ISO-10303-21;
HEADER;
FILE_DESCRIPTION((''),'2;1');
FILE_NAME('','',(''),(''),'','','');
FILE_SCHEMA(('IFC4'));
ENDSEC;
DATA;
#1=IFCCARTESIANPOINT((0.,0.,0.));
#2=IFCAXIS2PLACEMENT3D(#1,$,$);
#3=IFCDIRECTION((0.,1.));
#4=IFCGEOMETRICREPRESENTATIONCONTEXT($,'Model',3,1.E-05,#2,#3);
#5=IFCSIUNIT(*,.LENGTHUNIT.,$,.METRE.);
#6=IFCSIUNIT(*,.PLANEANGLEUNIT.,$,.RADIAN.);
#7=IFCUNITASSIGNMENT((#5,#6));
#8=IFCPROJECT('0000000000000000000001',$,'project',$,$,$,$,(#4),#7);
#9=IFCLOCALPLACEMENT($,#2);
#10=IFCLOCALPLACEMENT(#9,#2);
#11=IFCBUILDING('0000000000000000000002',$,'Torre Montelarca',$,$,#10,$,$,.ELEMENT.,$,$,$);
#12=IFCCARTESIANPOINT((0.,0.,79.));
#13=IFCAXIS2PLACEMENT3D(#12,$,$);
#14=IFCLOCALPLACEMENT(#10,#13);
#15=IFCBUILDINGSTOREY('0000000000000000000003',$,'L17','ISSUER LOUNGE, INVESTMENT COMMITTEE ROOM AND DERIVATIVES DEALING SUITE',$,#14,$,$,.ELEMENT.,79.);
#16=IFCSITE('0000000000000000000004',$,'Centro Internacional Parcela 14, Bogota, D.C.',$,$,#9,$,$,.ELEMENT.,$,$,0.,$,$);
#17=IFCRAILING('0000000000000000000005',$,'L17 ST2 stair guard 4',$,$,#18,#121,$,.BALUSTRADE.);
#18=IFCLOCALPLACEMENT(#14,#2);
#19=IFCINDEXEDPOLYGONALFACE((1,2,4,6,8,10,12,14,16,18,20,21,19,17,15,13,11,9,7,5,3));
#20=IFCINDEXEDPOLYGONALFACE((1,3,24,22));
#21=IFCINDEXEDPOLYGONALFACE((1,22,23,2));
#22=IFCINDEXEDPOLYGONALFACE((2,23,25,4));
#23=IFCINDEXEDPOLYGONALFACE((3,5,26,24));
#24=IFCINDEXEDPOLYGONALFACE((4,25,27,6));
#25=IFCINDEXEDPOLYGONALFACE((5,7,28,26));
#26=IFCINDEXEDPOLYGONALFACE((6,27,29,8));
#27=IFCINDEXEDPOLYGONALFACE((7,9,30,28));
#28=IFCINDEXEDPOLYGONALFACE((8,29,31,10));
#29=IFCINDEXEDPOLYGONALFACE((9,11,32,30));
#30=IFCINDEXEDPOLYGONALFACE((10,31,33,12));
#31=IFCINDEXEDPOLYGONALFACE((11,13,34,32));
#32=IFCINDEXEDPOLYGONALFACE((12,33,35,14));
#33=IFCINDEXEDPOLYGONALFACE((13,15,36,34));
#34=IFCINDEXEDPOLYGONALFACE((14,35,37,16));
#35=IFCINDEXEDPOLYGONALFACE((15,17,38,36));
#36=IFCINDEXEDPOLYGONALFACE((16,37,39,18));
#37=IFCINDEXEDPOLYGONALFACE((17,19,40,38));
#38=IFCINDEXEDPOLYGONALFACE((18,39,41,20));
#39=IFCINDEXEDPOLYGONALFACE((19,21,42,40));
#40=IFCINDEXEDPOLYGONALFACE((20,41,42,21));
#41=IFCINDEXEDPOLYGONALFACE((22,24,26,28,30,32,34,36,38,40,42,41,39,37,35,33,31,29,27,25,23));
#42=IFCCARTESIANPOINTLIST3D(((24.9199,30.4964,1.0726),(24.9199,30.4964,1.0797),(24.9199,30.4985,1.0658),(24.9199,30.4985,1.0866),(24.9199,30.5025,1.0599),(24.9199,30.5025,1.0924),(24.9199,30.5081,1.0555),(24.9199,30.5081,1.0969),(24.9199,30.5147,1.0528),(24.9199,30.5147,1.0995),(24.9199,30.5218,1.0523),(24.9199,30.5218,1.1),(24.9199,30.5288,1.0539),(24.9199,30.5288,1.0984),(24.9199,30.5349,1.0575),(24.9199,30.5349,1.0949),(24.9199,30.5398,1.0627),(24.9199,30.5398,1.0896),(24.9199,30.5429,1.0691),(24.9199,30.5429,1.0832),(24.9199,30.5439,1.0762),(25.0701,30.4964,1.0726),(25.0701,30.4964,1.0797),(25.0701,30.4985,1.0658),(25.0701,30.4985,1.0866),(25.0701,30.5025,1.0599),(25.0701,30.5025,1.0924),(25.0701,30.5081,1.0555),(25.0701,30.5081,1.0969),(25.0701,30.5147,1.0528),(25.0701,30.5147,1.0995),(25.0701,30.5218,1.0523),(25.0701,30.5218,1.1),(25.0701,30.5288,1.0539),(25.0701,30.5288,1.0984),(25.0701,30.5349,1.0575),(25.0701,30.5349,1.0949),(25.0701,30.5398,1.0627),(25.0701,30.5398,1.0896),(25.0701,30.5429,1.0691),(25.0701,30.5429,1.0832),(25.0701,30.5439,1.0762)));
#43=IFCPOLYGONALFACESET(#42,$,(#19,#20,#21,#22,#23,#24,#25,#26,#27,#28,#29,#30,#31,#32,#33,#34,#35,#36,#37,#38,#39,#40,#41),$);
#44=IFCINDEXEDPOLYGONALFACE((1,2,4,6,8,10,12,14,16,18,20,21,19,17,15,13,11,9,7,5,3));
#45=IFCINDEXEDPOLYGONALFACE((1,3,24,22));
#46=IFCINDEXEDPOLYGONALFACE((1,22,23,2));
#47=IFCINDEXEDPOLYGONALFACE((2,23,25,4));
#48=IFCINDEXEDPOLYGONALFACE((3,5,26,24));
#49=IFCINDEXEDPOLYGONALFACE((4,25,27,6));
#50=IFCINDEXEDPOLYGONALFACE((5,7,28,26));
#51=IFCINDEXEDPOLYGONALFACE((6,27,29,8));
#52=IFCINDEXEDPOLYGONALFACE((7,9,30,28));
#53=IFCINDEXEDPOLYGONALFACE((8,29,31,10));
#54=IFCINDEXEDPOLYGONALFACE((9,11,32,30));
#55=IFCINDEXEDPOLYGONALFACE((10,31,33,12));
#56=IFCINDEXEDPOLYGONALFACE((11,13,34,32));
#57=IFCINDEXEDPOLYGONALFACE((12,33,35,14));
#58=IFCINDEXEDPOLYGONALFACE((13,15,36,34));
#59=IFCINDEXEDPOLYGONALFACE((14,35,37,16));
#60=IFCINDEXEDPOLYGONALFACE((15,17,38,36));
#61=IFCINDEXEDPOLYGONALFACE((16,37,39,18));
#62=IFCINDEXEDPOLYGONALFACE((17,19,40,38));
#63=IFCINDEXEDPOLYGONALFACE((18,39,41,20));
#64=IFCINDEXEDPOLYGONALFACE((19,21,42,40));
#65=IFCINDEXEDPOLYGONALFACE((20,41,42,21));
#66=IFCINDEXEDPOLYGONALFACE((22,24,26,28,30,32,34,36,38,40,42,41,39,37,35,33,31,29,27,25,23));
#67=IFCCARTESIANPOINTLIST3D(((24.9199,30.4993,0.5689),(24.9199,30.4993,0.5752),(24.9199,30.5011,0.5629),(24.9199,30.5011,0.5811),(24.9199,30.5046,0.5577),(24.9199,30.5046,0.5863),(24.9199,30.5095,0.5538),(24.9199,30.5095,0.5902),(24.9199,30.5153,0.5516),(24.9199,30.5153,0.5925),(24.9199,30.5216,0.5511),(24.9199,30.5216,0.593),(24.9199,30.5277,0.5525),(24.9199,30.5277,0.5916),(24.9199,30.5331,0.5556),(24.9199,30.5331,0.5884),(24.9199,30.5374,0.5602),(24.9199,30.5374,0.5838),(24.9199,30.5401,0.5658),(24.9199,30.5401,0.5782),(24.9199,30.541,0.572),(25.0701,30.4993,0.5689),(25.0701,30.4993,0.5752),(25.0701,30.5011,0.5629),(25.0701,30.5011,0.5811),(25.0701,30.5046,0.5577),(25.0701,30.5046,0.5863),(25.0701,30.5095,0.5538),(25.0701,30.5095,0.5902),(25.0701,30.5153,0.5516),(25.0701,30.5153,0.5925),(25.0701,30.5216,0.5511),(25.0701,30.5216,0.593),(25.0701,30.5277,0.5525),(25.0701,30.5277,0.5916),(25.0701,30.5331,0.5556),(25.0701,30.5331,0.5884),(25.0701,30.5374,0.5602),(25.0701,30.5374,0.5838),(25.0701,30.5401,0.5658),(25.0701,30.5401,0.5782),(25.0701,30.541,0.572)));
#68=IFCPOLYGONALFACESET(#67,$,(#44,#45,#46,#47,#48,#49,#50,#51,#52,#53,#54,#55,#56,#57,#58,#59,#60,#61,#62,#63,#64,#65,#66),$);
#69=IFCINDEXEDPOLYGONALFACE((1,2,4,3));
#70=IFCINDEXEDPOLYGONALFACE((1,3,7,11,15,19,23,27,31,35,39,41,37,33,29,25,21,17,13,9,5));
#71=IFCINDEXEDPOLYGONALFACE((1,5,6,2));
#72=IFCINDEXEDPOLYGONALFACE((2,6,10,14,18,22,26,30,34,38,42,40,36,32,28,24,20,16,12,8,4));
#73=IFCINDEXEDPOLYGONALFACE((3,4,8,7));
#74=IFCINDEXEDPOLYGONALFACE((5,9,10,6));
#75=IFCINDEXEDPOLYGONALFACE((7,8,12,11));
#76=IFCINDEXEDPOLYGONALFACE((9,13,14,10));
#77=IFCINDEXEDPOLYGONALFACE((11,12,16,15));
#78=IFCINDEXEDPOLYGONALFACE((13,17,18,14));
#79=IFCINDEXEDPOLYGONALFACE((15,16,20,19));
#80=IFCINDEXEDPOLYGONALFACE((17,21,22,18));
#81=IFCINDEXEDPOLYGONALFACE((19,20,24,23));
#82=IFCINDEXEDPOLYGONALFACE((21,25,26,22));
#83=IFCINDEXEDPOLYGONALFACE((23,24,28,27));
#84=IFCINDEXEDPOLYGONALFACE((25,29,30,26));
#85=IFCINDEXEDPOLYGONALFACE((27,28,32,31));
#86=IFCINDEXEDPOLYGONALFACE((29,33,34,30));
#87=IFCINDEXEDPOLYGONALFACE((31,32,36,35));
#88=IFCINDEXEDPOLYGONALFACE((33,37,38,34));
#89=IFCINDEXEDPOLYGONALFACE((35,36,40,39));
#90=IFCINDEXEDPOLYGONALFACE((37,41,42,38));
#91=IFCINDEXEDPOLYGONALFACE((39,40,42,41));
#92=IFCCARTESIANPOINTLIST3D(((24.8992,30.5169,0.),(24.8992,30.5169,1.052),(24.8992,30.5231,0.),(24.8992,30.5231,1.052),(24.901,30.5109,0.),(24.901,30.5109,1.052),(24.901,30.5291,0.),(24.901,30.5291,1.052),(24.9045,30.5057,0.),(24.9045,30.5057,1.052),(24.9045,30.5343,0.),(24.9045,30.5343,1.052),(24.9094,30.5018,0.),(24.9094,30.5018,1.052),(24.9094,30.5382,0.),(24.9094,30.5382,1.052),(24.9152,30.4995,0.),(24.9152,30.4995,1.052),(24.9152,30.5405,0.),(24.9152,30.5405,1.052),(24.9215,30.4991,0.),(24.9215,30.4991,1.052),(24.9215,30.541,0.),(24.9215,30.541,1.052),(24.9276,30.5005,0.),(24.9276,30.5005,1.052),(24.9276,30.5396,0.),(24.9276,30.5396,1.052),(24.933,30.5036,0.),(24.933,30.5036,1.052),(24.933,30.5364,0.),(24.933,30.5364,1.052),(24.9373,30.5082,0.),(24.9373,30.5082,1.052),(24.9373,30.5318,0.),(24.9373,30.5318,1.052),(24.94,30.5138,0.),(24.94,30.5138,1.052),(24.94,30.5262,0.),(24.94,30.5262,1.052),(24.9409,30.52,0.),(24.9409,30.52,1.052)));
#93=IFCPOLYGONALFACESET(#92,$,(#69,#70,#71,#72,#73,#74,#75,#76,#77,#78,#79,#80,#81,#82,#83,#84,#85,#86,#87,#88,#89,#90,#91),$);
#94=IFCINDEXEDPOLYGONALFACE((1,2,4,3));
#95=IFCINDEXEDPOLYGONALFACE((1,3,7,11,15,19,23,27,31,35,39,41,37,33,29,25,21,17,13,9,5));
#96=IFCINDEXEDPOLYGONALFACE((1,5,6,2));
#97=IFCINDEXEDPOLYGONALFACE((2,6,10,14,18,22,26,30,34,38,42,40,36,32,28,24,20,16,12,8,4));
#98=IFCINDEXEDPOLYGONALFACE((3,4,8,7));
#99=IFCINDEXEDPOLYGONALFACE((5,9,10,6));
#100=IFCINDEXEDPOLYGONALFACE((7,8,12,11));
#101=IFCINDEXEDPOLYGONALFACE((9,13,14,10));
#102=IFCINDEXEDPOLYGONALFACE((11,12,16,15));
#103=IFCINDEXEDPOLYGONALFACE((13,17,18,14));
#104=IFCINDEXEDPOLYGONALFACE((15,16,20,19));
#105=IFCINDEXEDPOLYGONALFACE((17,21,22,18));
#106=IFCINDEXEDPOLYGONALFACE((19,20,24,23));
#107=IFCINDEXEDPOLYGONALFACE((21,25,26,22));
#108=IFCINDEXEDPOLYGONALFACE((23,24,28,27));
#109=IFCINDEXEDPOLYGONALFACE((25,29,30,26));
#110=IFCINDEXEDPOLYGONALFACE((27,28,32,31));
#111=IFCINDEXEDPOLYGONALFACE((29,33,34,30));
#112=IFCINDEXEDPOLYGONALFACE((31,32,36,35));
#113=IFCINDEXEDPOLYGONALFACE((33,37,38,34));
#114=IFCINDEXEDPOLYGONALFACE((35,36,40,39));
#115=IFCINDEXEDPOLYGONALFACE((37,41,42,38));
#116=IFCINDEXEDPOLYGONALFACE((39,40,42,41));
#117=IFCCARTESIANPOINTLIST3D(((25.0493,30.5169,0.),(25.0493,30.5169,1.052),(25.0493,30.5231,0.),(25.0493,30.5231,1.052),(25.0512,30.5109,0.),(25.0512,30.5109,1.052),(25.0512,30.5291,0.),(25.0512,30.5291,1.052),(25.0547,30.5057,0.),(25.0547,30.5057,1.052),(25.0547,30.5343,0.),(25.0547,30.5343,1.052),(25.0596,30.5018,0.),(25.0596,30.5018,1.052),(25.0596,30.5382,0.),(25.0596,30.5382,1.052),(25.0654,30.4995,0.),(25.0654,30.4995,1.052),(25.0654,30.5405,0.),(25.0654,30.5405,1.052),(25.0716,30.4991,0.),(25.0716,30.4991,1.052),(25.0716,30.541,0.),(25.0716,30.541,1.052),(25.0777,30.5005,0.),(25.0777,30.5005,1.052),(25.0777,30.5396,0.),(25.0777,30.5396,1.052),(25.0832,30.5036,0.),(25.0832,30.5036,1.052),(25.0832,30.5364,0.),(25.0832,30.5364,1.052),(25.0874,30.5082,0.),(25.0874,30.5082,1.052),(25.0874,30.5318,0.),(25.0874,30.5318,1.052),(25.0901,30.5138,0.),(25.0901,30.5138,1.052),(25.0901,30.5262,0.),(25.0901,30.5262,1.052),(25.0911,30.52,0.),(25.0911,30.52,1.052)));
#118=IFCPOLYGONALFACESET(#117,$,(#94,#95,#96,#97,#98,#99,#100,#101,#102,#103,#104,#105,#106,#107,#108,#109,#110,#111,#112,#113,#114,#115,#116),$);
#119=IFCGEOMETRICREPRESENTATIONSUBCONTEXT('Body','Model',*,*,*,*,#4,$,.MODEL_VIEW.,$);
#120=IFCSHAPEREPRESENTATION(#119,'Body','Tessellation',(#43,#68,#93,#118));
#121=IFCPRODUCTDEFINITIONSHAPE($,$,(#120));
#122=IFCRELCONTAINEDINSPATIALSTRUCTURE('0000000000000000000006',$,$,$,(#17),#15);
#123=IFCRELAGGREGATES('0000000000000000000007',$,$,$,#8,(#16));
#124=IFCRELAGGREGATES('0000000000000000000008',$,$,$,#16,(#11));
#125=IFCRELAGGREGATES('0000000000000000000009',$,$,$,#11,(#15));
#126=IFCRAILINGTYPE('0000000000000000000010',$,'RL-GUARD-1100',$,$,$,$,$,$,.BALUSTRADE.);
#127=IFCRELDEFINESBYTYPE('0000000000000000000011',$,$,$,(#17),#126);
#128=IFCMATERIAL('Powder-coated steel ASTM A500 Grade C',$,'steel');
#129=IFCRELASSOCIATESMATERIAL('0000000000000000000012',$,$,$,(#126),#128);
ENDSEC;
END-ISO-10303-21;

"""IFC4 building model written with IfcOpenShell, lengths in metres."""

from ifc_helpers import new_model, si_unit, direction, frame, origin, origin_2d, place, context, subcontext, project, spatial, circle, extrude, material, type_object, element, save


model = new_model("IFC4")

# Units and contexts
model_context = context("Model", 3, precision=1e-05, world=origin(), true_north=direction((0.0, 1.0)))
body_context = subcontext(model_context, "Body", "Model", "MODEL_VIEW")
ifc_project = project(units=[si_unit("LENGTHUNIT", "METRE"), si_unit("PLANEANGLEUNIT", "RADIAN")], contexts=[model_context])

# Site, building, storey
site_placement = place(None, origin())
site = spatial("IfcSite", under=ifc_project, at=site_placement, Name="Centro Internacional Parcela 14, Bogota, D.C.", CompositionType="ELEMENT", RefElevation=0.0)
building_placement = place(site_placement, origin())
building = spatial("IfcBuilding", under=site, at=building_placement, Name="Torre Montelarca", CompositionType="ELEMENT")
storey_placement = place(building_placement, frame((0.0, 0.0, 79.0)))
storey = spatial("IfcBuildingStorey", under=building, at=storey_placement, Name="L17", Description="ISSUER LOUNGE, INVESTMENT COMMITTEE ROOM AND DERIVATIVES DEALING SUITE", CompositionType="ELEMENT", Elevation=79.0)

# Railing
ifc_material_1 = material(Name="Powder-coated steel ASTM A500 Grade C", Category="steel")
railing_type_1 = type_object("IfcRailingType", Name="RL-GUARD-1100", PredefinedType="BALUSTRADE", material=ifc_material_1)
railing_1_placement = place(storey_placement, frame((24.9199, 30.52, 0.0)))
element("IfcRailing", 1, at=railing_1_placement, inside=storey, type_object=railing_type_1, Name="L17 ST2 stair guard 4", PredefinedType="BALUSTRADE", context=body_context, shape_type="SweptSolid", body=[
    extrude(circle(Radius=0.0239, at=origin_2d()), frame((0.0, 0.0, 1.0762), z_axis=(1.0, 0.0, 0.0), x_axis=(0.0, 1.0, 0.0)), (0.0, 0.0, 1.0), 0.1501),
    extrude(circle(Radius=0.021, at=origin_2d()), frame((0.0, 0.0, 0.572), z_axis=(1.0, 0.0, 0.0), x_axis=(0.0, 1.0, 0.0)), (0.0, 0.0, 1.0), 0.1501),
    extrude(circle(Radius=0.021, at=origin_2d()), origin(), (0.0, 0.0, 1.0), 1.052),
    extrude(circle(Radius=0.021, at=origin_2d()), frame((0.1501, 0.0, 0.0)), (0.0, 0.0, 1.0), 1.052),
])

save(model, "model.ifc")
